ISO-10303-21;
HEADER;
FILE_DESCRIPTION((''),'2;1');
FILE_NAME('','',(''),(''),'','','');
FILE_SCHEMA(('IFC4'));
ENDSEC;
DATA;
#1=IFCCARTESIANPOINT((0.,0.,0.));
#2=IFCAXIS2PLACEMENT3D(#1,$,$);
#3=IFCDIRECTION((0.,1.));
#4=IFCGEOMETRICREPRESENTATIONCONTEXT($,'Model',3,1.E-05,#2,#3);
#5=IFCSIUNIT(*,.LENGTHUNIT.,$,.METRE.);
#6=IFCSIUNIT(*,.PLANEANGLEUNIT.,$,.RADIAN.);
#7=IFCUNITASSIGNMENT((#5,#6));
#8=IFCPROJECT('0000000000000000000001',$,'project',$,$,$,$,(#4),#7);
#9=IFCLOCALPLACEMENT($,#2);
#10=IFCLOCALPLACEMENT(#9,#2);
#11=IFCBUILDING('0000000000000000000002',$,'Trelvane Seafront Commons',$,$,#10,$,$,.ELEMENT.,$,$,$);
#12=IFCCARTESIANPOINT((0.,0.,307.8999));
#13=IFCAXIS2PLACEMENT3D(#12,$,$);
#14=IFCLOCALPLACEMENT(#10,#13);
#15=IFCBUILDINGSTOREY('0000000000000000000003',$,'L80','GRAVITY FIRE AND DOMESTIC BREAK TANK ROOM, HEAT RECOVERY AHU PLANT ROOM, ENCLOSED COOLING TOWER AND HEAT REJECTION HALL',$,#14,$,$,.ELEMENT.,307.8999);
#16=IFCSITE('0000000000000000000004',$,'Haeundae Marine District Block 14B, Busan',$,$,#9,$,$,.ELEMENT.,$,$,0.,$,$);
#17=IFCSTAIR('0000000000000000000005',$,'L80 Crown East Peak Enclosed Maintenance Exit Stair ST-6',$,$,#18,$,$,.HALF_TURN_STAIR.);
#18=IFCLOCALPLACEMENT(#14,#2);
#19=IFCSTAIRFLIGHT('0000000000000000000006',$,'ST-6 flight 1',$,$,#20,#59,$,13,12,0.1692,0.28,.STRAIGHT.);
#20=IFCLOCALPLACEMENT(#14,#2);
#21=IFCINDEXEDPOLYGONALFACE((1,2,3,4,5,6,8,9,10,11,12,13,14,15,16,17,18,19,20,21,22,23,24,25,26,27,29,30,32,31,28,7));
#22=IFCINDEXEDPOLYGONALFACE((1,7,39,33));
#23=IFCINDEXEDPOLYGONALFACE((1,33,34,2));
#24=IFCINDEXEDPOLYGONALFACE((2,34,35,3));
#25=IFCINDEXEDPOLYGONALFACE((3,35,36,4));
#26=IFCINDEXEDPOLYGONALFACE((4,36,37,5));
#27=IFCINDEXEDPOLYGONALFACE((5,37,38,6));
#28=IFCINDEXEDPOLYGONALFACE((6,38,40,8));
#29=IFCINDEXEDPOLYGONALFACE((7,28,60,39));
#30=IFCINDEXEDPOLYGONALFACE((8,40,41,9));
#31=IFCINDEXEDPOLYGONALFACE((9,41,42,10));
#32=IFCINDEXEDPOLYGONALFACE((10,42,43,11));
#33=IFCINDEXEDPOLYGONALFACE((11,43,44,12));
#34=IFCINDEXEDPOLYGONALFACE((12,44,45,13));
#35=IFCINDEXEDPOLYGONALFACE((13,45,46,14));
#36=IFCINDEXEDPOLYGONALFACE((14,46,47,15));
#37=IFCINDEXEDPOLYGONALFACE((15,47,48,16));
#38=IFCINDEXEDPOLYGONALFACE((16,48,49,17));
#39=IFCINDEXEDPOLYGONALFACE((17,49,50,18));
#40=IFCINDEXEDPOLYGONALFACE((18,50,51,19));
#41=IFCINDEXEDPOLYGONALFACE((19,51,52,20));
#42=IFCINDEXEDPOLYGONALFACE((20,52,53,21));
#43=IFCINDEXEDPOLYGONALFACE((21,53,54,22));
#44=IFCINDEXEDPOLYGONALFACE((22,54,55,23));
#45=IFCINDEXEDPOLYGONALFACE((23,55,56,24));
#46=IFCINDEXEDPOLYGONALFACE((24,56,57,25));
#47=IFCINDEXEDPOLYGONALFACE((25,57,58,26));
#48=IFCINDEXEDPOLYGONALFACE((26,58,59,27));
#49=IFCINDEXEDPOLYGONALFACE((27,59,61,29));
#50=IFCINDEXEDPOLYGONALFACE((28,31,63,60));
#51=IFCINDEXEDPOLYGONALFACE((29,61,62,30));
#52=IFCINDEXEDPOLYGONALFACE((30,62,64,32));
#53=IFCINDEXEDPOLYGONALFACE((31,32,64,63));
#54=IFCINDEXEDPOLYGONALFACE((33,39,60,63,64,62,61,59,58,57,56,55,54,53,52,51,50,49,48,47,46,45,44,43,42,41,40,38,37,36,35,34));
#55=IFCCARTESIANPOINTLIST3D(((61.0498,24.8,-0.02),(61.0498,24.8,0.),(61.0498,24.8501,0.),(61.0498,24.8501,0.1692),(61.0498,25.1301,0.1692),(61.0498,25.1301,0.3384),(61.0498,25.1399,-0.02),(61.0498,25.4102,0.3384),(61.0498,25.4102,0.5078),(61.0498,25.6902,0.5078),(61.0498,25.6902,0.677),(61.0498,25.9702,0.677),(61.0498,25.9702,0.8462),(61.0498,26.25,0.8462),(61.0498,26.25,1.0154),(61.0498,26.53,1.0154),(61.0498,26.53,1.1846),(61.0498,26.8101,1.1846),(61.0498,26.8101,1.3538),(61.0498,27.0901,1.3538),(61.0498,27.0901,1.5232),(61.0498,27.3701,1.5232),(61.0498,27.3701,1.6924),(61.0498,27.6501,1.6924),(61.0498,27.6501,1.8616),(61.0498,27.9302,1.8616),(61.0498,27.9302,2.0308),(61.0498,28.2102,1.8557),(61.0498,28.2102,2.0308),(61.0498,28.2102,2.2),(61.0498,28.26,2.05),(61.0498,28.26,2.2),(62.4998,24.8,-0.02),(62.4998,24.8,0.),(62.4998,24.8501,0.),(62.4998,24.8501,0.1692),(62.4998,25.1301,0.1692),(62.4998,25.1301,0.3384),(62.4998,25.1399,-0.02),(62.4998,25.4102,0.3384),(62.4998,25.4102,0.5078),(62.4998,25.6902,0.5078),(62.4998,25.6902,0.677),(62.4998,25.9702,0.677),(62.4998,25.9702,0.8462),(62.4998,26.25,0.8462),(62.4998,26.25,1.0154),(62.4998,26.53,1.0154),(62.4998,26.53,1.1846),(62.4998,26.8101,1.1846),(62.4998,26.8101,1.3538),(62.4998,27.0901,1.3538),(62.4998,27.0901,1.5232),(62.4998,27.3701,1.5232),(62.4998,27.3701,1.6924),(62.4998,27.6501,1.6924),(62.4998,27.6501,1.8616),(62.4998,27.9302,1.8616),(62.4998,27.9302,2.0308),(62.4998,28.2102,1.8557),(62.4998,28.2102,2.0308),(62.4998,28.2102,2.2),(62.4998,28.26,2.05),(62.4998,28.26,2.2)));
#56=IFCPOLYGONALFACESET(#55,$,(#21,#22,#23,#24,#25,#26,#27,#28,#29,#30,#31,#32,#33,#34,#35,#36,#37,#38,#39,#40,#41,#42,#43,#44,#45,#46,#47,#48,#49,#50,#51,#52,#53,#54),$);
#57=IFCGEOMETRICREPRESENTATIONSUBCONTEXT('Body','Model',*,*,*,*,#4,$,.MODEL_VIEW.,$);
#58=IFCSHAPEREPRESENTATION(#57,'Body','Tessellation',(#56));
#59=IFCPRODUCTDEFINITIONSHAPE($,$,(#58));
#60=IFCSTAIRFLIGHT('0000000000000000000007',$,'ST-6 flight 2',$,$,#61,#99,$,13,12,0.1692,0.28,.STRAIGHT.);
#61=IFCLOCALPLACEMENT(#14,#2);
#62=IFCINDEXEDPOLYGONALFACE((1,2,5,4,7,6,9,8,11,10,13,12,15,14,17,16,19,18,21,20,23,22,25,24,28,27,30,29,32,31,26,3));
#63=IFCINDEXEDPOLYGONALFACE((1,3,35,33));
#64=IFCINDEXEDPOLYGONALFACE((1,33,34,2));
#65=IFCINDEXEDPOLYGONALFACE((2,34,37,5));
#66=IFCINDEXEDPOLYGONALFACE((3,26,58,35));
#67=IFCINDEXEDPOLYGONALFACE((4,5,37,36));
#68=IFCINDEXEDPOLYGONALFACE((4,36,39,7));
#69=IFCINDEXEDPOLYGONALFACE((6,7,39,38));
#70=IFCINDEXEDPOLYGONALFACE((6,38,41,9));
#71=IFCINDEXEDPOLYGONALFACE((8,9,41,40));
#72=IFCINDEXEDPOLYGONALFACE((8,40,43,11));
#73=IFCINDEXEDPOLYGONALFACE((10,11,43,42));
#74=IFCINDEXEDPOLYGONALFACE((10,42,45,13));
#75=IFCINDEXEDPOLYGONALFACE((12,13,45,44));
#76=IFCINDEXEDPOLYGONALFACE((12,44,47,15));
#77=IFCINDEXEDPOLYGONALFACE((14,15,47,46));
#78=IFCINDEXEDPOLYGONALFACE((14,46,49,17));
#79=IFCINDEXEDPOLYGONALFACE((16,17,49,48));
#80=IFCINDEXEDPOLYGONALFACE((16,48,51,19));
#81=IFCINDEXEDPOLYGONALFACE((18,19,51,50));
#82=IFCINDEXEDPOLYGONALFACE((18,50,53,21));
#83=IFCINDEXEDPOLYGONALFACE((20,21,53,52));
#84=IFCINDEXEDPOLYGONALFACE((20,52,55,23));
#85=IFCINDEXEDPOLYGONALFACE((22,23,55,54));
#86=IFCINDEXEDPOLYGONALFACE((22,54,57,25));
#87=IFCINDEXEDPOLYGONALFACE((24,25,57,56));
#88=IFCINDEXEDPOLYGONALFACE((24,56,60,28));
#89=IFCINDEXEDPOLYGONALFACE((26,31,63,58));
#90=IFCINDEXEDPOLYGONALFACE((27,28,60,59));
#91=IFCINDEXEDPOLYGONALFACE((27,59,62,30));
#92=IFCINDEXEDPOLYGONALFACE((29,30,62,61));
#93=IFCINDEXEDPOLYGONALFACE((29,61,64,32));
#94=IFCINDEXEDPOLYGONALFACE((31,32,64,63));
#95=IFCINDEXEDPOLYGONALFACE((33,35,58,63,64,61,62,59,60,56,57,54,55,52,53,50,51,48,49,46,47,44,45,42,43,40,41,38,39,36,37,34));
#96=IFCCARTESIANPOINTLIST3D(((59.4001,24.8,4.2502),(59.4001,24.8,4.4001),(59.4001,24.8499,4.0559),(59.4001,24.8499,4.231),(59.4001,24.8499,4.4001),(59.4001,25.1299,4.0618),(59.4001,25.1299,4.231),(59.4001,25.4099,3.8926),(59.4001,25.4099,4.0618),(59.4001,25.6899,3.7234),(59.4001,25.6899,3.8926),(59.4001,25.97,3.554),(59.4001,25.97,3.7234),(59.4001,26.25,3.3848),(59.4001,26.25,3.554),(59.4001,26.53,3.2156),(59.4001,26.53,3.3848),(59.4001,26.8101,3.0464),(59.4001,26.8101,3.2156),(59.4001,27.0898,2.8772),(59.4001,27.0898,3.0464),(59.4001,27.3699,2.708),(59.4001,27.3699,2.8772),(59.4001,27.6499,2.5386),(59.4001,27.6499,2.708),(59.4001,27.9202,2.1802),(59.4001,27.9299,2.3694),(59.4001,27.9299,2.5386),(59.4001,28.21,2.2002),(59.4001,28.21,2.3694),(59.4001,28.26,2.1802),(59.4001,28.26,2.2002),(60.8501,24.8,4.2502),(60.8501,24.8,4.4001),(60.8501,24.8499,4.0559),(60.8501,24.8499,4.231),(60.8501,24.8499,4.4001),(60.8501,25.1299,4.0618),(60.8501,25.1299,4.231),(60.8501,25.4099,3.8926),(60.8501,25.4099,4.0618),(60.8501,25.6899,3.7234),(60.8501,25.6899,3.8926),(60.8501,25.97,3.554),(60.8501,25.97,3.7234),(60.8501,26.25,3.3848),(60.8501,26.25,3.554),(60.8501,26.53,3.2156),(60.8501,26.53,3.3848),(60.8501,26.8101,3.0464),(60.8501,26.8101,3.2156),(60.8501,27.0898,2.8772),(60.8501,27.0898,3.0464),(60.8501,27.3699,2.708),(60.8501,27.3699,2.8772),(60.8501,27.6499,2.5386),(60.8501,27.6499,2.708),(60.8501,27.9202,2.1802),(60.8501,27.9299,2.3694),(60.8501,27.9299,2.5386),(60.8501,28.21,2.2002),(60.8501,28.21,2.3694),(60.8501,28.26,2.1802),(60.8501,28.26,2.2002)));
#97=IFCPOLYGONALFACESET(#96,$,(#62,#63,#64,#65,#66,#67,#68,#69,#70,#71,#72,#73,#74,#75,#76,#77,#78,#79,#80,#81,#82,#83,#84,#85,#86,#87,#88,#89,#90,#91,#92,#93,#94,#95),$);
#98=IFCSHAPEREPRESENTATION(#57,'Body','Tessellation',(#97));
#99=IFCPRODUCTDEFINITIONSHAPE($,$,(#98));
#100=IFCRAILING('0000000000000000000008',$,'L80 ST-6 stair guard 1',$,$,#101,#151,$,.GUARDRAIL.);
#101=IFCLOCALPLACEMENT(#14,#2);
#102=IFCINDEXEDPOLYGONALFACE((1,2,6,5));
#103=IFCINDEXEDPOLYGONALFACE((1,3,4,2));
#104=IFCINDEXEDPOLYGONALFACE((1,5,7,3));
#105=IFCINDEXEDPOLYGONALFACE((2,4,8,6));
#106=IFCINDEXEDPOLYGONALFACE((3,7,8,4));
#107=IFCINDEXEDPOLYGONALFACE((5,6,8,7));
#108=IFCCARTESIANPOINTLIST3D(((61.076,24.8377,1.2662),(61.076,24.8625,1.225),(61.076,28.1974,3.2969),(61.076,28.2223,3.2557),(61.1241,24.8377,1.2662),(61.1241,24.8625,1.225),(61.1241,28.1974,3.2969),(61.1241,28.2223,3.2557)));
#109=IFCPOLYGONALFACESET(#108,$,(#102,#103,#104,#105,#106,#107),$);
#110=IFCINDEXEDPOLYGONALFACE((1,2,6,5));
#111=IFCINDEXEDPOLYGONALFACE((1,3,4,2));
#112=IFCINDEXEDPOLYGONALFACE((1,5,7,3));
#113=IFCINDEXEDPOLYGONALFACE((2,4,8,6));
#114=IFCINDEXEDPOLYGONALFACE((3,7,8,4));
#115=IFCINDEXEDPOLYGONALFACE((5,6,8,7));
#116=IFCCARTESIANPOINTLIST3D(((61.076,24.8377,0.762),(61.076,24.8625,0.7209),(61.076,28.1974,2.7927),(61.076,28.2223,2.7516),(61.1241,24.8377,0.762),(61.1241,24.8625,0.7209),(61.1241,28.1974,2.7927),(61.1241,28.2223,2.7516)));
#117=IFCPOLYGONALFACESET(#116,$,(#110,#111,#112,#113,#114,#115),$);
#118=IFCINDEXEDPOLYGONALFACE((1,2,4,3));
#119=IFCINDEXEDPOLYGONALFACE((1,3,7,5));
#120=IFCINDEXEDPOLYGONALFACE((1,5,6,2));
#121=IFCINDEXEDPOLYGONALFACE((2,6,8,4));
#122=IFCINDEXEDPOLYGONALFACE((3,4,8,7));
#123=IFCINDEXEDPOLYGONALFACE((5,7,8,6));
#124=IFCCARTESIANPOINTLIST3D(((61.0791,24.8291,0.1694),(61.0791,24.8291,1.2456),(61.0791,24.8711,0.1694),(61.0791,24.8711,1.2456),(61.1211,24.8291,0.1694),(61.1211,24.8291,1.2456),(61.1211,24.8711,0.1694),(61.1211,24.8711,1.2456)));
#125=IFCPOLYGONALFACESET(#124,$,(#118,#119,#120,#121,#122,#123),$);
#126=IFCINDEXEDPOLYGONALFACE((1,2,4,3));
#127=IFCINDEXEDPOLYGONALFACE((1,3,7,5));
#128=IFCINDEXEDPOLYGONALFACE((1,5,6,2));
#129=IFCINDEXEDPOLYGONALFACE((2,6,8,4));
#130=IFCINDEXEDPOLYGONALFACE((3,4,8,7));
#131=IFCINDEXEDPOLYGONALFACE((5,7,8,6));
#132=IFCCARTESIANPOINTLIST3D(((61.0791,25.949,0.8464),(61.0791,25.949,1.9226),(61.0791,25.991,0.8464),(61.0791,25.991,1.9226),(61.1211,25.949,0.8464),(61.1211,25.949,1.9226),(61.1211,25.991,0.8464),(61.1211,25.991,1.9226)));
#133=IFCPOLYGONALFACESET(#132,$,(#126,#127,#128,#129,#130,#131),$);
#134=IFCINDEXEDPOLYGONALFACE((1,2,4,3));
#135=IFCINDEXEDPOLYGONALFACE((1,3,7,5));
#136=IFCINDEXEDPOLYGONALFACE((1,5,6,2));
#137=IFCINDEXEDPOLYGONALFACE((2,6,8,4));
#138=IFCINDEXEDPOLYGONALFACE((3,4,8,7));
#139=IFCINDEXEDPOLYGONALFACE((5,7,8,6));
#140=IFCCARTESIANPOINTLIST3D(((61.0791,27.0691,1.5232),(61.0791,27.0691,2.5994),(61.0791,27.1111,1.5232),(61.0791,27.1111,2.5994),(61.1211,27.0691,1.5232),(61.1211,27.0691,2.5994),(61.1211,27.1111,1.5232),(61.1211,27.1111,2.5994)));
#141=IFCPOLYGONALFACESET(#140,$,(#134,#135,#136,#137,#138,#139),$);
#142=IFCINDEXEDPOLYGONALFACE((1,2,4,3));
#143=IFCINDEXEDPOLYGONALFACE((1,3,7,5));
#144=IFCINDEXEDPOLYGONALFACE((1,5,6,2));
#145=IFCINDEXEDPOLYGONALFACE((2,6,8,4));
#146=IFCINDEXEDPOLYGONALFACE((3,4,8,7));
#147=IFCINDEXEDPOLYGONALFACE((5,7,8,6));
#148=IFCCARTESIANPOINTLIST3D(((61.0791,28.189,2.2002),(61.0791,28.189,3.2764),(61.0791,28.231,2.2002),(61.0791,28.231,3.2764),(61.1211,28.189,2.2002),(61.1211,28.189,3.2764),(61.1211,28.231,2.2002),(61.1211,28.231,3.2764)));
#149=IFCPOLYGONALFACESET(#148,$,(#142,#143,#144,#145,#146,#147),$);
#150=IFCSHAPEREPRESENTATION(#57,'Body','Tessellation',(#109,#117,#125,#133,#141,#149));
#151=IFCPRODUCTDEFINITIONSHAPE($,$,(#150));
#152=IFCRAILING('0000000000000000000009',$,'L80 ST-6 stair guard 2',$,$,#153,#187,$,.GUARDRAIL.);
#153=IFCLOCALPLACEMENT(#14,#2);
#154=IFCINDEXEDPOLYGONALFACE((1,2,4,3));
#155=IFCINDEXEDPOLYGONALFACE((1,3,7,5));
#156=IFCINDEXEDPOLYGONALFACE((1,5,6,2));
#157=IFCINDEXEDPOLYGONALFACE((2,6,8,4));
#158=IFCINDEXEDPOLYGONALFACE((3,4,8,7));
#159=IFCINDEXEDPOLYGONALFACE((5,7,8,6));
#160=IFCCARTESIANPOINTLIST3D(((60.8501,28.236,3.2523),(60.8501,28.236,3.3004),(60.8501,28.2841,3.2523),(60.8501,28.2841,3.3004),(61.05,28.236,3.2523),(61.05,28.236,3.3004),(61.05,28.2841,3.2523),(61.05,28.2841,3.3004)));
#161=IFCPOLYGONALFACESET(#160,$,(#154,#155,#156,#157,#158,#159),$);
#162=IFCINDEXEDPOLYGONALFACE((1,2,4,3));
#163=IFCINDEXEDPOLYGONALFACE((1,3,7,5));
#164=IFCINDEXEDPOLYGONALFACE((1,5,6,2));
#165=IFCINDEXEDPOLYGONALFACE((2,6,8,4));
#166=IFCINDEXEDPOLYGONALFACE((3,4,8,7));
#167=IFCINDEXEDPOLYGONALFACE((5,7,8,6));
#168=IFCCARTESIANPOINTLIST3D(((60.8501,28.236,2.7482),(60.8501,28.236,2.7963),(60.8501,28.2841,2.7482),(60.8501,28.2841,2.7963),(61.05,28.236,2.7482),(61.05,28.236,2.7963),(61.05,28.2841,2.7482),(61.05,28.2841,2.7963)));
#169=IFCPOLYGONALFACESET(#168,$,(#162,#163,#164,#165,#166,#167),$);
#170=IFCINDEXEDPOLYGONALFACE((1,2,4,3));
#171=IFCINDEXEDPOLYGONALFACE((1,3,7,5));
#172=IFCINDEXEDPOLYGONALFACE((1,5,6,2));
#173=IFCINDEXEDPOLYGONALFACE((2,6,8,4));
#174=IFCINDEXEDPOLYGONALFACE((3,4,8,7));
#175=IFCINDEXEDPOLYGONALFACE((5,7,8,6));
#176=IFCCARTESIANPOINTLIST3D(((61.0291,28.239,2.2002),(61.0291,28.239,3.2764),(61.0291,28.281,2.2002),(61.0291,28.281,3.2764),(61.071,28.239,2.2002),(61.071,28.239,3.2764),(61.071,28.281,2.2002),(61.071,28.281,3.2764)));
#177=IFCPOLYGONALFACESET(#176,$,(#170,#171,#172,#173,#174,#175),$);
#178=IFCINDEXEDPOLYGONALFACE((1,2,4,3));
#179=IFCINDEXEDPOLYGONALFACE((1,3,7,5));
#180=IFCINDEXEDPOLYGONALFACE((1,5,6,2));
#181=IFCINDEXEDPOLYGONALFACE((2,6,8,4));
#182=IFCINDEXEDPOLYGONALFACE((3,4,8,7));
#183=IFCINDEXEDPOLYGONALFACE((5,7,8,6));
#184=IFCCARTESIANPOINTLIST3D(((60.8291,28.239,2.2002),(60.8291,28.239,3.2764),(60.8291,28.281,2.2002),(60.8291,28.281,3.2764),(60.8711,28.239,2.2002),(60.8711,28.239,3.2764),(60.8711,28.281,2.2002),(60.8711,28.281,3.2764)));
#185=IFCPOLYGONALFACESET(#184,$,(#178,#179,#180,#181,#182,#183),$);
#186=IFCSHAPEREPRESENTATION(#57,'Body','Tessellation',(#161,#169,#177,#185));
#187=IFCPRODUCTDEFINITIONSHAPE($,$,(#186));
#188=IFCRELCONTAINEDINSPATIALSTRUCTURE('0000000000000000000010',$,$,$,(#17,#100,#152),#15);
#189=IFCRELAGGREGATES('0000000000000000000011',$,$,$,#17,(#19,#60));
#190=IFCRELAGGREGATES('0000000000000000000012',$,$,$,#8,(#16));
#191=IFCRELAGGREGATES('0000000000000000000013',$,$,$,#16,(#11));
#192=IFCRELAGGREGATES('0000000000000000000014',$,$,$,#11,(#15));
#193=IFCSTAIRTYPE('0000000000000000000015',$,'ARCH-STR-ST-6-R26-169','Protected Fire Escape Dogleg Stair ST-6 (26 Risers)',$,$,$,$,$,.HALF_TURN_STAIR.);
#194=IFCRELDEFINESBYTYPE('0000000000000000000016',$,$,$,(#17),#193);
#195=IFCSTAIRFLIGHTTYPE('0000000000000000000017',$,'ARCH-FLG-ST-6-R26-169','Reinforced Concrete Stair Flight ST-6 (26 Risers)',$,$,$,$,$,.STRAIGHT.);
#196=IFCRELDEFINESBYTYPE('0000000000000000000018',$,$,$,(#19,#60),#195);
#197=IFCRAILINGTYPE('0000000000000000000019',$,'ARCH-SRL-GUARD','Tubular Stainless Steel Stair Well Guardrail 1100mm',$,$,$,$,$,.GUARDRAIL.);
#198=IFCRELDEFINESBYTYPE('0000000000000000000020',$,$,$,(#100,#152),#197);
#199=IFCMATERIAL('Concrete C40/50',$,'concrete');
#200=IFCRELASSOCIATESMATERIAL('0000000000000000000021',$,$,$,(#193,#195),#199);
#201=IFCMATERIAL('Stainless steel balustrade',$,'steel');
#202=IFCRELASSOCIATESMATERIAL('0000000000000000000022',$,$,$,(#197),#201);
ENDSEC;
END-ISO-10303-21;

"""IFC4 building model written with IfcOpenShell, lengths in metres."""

from ifc_helpers import new_model, si_unit, direction, frame, origin, origin_2d, place, context, subcontext, project, spatial, polyline, rectangle, outline, extrude, source, transform, mapped, material, type_object, element, aggregate, save


model = new_model("IFC4")

# Units and contexts
model_context = context("Model", 3, precision=1e-05, world=origin(), true_north=direction((0.0, 1.0)))
body_context = subcontext(model_context, "Body", "Model", "MODEL_VIEW")
ifc_project = project(units=[si_unit("LENGTHUNIT", "METRE"), si_unit("PLANEANGLEUNIT", "RADIAN")], contexts=[model_context])

# Site, building, storey
site_placement = place(None, origin())
site = spatial("IfcSite", under=ifc_project, at=site_placement, Name="Haeundae Marine District Block 14B, Busan", CompositionType="ELEMENT", RefElevation=0.0)
building_placement = place(site_placement, origin())
building = spatial("IfcBuilding", under=site, at=building_placement, Name="Trelvane Seafront Commons", CompositionType="ELEMENT")
storey_placement = place(building_placement, frame((0.0, 0.0, 307.8999)))
storey = spatial("IfcBuildingStorey", under=building, at=storey_placement, Name="L80", Description="GRAVITY FIRE AND DOMESTIC BREAK TANK ROOM, HEAT RECOVERY AHU PLANT ROOM, ENCLOSED COOLING TOWER AND HEAT REJECTION HALL", CompositionType="ELEMENT", Elevation=307.8999)

# Stair, stair flights
ifc_material_1 = material(Name="Concrete C40/50", Category="concrete")
stair_type = type_object("IfcStairType", Name="ARCH-STR-ST-6-R26-169", Description="Protected Fire Escape Dogleg Stair ST-6 (26 Risers)", PredefinedType="HALF_TURN_STAIR", material=ifc_material_1)
stair_placement = place(storey_placement, origin())
stair = element("IfcStair", 1, at=stair_placement, inside=storey, type_object=stair_type, Name="L80 Crown East Peak Enclosed Maintenance Exit Stair ST-6", PredefinedType="HALF_TURN_STAIR")
stair_flight_type = type_object("IfcStairFlightType", Name="ARCH-FLG-ST-6-R26-169", Description="Reinforced Concrete Stair Flight ST-6 (26 Risers)", PredefinedType="STRAIGHT", material=ifc_material_1)
shared_shape_1 = source(origin(), body_context, "Body", "SweptSolid", [
    extrude(outline(polyline([(-0.05, -0.02), (-0.05, 0.0), (0.0, 0.0), (0.0, 0.1692), (0.28, 0.1692), (0.28, 0.3384), (0.5601, 0.3384), (0.5601, 0.5078), (0.8401, 0.5078), (0.8401, 0.677), (1.1201, 0.677), (1.1201, 0.8462), (1.3999, 0.8462), (1.3999, 1.0154), (1.6799, 1.0154), (1.6799, 1.1846), (1.96, 1.1846), (1.96, 1.3538), (2.24, 1.3538), (2.24, 1.5232), (2.52, 1.5232), (2.52, 1.6924), (2.8, 1.6924), (2.8, 1.8616), (3.0801, 1.8616), (3.0801, 2.0308), (3.3601, 2.0308), (3.3601, 2.2), (3.4099, 2.2), (3.4099, 2.05), (3.3601, 1.8557), (0.2898, -0.02), (-0.05, -0.02)])), frame((0.0, 0.7251, 0.0), z_axis=(0.0, -1.0, 0.0), x_axis=(1.0, 0.0, 0.0)), (0.0, 0.0, 1.0), 1.45),
])
stair_flight_1_placement = place(storey_placement, frame((61.7749, 24.8501, 0.0), z_axis=(0.0, 0.0, 1.0), x_axis=(0.0, 1.0, 0.0)))
stair_flight_1 = element("IfcStairFlight", 2, at=stair_flight_1_placement, type_object=stair_flight_type, Name="ST-6 flight 1", NumberOfRisers=13, NumberOfTreads=12, PredefinedType="STRAIGHT", RiserHeight=0.1692, TreadLength=0.28, context=body_context, shape_type="MappedRepresentation", body=[
    mapped(shared_shape_1, transform((0.0, 0.0, 0.0), x_axis=(1.0, 0.0, 0.0), y_axis=(0.0, 1.0, 0.0), z_axis=(0.0, 0.0, 1.0), scale=1.0)),
])
stair_flight_2_placement = place(storey_placement, frame((60.125, 28.21, 2.2002), z_axis=(0.0, 0.0, 1.0), x_axis=(0.0, -1.0, 0.0)))
stair_flight_2 = element("IfcStairFlight", 3, at=stair_flight_2_placement, type_object=stair_flight_type, Name="ST-6 flight 2", NumberOfRisers=13, NumberOfTreads=12, PredefinedType="STRAIGHT", RiserHeight=0.1692, TreadLength=0.28, context=body_context, shape_type="MappedRepresentation", body=[
    mapped(shared_shape_1, transform((0.0, 0.0, 0.0), x_axis=(1.0, 0.0, 0.0), y_axis=(0.0, 1.0, 0.0), z_axis=(0.0, 0.0, 1.0), scale=1.0)),
])
aggregate(stair, [stair_flight_1, stair_flight_2])

# Railings
ifc_material_2 = material(Name="Stainless steel balustrade", Category="steel")
railing_type_1 = type_object("IfcRailingType", Name="ARCH-SRL-GUARD", Description="Tubular Stainless Steel Stair Well Guardrail 1100mm", PredefinedType="GUARDRAIL", material=ifc_material_2)
railing_1_placement = place(storey_placement, frame((61.1001, 24.8501, 0.1694)))
element("IfcRailing", 4, at=railing_1_placement, inside=storey, type_object=railing_type_1, Name="L80 ST-6 stair guard 1", PredefinedType="GUARDRAIL", context=body_context, shape_type="SweptSolid", body=[
    extrude(rectangle(XDim=0.0481, YDim=0.0481, at=origin_2d()), frame((0.0, 0.0, 1.0762), z_axis=(0.0, 0.85582, 0.517273), x_axis=(-1.0, 0.0, 0.0)), (0.0, 0.0, 1.0), 3.9258),
    extrude(rectangle(XDim=0.0481, YDim=0.0481, at=origin_2d()), frame((0.0, 0.0, 0.572), z_axis=(0.0, 0.85582, 0.517273), x_axis=(-1.0, 0.0, 0.0)), (0.0, 0.0, 1.0), 3.9258),
    extrude(rectangle(XDim=0.042, YDim=0.042, at=origin_2d()), origin(), (0.0, 0.0, 1.0), 1.0762),
    extrude(rectangle(XDim=0.042, YDim=0.042, at=origin_2d()), frame((0.0, 1.1199, 0.677)), (0.0, 0.0, 1.0), 1.0762),
    extrude(rectangle(XDim=0.042, YDim=0.042, at=origin_2d()), frame((0.0, 2.24, 1.3538)), (0.0, 0.0, 1.0), 1.0762),
    extrude(rectangle(XDim=0.042, YDim=0.042, at=origin_2d()), frame((0.0, 3.3599, 2.0308)), (0.0, 0.0, 1.0), 1.0762),
])
railing_2_placement = place(storey_placement, frame((61.05, 28.26, 2.2002)))
element("IfcRailing", 5, at=railing_2_placement, inside=storey, type_object=railing_type_1, Name="L80 ST-6 stair guard 2", PredefinedType="GUARDRAIL", context=body_context, shape_type="SweptSolid", body=[
    extrude(rectangle(XDim=0.0481, YDim=0.0481, at=origin_2d()), frame((0.0, 0.0, 1.0762), z_axis=(-1.0, 0.0, 0.0), x_axis=(0.0, -1.0, 0.0)), (0.0, 0.0, 1.0), 0.2),
    extrude(rectangle(XDim=0.0481, YDim=0.0481, at=origin_2d()), frame((0.0, 0.0, 0.572), z_axis=(-1.0, 0.0, 0.0), x_axis=(0.0, -1.0, 0.0)), (0.0, 0.0, 1.0), 0.2),
    extrude(rectangle(XDim=0.042, YDim=0.042, at=origin_2d()), origin(), (0.0, 0.0, 1.0), 1.0762),
    extrude(rectangle(XDim=0.042, YDim=0.042, at=origin_2d()), frame((-0.2, 0.0, 0.0)), (0.0, 0.0, 1.0), 1.0762),
])

save(model, "model.ifc")
